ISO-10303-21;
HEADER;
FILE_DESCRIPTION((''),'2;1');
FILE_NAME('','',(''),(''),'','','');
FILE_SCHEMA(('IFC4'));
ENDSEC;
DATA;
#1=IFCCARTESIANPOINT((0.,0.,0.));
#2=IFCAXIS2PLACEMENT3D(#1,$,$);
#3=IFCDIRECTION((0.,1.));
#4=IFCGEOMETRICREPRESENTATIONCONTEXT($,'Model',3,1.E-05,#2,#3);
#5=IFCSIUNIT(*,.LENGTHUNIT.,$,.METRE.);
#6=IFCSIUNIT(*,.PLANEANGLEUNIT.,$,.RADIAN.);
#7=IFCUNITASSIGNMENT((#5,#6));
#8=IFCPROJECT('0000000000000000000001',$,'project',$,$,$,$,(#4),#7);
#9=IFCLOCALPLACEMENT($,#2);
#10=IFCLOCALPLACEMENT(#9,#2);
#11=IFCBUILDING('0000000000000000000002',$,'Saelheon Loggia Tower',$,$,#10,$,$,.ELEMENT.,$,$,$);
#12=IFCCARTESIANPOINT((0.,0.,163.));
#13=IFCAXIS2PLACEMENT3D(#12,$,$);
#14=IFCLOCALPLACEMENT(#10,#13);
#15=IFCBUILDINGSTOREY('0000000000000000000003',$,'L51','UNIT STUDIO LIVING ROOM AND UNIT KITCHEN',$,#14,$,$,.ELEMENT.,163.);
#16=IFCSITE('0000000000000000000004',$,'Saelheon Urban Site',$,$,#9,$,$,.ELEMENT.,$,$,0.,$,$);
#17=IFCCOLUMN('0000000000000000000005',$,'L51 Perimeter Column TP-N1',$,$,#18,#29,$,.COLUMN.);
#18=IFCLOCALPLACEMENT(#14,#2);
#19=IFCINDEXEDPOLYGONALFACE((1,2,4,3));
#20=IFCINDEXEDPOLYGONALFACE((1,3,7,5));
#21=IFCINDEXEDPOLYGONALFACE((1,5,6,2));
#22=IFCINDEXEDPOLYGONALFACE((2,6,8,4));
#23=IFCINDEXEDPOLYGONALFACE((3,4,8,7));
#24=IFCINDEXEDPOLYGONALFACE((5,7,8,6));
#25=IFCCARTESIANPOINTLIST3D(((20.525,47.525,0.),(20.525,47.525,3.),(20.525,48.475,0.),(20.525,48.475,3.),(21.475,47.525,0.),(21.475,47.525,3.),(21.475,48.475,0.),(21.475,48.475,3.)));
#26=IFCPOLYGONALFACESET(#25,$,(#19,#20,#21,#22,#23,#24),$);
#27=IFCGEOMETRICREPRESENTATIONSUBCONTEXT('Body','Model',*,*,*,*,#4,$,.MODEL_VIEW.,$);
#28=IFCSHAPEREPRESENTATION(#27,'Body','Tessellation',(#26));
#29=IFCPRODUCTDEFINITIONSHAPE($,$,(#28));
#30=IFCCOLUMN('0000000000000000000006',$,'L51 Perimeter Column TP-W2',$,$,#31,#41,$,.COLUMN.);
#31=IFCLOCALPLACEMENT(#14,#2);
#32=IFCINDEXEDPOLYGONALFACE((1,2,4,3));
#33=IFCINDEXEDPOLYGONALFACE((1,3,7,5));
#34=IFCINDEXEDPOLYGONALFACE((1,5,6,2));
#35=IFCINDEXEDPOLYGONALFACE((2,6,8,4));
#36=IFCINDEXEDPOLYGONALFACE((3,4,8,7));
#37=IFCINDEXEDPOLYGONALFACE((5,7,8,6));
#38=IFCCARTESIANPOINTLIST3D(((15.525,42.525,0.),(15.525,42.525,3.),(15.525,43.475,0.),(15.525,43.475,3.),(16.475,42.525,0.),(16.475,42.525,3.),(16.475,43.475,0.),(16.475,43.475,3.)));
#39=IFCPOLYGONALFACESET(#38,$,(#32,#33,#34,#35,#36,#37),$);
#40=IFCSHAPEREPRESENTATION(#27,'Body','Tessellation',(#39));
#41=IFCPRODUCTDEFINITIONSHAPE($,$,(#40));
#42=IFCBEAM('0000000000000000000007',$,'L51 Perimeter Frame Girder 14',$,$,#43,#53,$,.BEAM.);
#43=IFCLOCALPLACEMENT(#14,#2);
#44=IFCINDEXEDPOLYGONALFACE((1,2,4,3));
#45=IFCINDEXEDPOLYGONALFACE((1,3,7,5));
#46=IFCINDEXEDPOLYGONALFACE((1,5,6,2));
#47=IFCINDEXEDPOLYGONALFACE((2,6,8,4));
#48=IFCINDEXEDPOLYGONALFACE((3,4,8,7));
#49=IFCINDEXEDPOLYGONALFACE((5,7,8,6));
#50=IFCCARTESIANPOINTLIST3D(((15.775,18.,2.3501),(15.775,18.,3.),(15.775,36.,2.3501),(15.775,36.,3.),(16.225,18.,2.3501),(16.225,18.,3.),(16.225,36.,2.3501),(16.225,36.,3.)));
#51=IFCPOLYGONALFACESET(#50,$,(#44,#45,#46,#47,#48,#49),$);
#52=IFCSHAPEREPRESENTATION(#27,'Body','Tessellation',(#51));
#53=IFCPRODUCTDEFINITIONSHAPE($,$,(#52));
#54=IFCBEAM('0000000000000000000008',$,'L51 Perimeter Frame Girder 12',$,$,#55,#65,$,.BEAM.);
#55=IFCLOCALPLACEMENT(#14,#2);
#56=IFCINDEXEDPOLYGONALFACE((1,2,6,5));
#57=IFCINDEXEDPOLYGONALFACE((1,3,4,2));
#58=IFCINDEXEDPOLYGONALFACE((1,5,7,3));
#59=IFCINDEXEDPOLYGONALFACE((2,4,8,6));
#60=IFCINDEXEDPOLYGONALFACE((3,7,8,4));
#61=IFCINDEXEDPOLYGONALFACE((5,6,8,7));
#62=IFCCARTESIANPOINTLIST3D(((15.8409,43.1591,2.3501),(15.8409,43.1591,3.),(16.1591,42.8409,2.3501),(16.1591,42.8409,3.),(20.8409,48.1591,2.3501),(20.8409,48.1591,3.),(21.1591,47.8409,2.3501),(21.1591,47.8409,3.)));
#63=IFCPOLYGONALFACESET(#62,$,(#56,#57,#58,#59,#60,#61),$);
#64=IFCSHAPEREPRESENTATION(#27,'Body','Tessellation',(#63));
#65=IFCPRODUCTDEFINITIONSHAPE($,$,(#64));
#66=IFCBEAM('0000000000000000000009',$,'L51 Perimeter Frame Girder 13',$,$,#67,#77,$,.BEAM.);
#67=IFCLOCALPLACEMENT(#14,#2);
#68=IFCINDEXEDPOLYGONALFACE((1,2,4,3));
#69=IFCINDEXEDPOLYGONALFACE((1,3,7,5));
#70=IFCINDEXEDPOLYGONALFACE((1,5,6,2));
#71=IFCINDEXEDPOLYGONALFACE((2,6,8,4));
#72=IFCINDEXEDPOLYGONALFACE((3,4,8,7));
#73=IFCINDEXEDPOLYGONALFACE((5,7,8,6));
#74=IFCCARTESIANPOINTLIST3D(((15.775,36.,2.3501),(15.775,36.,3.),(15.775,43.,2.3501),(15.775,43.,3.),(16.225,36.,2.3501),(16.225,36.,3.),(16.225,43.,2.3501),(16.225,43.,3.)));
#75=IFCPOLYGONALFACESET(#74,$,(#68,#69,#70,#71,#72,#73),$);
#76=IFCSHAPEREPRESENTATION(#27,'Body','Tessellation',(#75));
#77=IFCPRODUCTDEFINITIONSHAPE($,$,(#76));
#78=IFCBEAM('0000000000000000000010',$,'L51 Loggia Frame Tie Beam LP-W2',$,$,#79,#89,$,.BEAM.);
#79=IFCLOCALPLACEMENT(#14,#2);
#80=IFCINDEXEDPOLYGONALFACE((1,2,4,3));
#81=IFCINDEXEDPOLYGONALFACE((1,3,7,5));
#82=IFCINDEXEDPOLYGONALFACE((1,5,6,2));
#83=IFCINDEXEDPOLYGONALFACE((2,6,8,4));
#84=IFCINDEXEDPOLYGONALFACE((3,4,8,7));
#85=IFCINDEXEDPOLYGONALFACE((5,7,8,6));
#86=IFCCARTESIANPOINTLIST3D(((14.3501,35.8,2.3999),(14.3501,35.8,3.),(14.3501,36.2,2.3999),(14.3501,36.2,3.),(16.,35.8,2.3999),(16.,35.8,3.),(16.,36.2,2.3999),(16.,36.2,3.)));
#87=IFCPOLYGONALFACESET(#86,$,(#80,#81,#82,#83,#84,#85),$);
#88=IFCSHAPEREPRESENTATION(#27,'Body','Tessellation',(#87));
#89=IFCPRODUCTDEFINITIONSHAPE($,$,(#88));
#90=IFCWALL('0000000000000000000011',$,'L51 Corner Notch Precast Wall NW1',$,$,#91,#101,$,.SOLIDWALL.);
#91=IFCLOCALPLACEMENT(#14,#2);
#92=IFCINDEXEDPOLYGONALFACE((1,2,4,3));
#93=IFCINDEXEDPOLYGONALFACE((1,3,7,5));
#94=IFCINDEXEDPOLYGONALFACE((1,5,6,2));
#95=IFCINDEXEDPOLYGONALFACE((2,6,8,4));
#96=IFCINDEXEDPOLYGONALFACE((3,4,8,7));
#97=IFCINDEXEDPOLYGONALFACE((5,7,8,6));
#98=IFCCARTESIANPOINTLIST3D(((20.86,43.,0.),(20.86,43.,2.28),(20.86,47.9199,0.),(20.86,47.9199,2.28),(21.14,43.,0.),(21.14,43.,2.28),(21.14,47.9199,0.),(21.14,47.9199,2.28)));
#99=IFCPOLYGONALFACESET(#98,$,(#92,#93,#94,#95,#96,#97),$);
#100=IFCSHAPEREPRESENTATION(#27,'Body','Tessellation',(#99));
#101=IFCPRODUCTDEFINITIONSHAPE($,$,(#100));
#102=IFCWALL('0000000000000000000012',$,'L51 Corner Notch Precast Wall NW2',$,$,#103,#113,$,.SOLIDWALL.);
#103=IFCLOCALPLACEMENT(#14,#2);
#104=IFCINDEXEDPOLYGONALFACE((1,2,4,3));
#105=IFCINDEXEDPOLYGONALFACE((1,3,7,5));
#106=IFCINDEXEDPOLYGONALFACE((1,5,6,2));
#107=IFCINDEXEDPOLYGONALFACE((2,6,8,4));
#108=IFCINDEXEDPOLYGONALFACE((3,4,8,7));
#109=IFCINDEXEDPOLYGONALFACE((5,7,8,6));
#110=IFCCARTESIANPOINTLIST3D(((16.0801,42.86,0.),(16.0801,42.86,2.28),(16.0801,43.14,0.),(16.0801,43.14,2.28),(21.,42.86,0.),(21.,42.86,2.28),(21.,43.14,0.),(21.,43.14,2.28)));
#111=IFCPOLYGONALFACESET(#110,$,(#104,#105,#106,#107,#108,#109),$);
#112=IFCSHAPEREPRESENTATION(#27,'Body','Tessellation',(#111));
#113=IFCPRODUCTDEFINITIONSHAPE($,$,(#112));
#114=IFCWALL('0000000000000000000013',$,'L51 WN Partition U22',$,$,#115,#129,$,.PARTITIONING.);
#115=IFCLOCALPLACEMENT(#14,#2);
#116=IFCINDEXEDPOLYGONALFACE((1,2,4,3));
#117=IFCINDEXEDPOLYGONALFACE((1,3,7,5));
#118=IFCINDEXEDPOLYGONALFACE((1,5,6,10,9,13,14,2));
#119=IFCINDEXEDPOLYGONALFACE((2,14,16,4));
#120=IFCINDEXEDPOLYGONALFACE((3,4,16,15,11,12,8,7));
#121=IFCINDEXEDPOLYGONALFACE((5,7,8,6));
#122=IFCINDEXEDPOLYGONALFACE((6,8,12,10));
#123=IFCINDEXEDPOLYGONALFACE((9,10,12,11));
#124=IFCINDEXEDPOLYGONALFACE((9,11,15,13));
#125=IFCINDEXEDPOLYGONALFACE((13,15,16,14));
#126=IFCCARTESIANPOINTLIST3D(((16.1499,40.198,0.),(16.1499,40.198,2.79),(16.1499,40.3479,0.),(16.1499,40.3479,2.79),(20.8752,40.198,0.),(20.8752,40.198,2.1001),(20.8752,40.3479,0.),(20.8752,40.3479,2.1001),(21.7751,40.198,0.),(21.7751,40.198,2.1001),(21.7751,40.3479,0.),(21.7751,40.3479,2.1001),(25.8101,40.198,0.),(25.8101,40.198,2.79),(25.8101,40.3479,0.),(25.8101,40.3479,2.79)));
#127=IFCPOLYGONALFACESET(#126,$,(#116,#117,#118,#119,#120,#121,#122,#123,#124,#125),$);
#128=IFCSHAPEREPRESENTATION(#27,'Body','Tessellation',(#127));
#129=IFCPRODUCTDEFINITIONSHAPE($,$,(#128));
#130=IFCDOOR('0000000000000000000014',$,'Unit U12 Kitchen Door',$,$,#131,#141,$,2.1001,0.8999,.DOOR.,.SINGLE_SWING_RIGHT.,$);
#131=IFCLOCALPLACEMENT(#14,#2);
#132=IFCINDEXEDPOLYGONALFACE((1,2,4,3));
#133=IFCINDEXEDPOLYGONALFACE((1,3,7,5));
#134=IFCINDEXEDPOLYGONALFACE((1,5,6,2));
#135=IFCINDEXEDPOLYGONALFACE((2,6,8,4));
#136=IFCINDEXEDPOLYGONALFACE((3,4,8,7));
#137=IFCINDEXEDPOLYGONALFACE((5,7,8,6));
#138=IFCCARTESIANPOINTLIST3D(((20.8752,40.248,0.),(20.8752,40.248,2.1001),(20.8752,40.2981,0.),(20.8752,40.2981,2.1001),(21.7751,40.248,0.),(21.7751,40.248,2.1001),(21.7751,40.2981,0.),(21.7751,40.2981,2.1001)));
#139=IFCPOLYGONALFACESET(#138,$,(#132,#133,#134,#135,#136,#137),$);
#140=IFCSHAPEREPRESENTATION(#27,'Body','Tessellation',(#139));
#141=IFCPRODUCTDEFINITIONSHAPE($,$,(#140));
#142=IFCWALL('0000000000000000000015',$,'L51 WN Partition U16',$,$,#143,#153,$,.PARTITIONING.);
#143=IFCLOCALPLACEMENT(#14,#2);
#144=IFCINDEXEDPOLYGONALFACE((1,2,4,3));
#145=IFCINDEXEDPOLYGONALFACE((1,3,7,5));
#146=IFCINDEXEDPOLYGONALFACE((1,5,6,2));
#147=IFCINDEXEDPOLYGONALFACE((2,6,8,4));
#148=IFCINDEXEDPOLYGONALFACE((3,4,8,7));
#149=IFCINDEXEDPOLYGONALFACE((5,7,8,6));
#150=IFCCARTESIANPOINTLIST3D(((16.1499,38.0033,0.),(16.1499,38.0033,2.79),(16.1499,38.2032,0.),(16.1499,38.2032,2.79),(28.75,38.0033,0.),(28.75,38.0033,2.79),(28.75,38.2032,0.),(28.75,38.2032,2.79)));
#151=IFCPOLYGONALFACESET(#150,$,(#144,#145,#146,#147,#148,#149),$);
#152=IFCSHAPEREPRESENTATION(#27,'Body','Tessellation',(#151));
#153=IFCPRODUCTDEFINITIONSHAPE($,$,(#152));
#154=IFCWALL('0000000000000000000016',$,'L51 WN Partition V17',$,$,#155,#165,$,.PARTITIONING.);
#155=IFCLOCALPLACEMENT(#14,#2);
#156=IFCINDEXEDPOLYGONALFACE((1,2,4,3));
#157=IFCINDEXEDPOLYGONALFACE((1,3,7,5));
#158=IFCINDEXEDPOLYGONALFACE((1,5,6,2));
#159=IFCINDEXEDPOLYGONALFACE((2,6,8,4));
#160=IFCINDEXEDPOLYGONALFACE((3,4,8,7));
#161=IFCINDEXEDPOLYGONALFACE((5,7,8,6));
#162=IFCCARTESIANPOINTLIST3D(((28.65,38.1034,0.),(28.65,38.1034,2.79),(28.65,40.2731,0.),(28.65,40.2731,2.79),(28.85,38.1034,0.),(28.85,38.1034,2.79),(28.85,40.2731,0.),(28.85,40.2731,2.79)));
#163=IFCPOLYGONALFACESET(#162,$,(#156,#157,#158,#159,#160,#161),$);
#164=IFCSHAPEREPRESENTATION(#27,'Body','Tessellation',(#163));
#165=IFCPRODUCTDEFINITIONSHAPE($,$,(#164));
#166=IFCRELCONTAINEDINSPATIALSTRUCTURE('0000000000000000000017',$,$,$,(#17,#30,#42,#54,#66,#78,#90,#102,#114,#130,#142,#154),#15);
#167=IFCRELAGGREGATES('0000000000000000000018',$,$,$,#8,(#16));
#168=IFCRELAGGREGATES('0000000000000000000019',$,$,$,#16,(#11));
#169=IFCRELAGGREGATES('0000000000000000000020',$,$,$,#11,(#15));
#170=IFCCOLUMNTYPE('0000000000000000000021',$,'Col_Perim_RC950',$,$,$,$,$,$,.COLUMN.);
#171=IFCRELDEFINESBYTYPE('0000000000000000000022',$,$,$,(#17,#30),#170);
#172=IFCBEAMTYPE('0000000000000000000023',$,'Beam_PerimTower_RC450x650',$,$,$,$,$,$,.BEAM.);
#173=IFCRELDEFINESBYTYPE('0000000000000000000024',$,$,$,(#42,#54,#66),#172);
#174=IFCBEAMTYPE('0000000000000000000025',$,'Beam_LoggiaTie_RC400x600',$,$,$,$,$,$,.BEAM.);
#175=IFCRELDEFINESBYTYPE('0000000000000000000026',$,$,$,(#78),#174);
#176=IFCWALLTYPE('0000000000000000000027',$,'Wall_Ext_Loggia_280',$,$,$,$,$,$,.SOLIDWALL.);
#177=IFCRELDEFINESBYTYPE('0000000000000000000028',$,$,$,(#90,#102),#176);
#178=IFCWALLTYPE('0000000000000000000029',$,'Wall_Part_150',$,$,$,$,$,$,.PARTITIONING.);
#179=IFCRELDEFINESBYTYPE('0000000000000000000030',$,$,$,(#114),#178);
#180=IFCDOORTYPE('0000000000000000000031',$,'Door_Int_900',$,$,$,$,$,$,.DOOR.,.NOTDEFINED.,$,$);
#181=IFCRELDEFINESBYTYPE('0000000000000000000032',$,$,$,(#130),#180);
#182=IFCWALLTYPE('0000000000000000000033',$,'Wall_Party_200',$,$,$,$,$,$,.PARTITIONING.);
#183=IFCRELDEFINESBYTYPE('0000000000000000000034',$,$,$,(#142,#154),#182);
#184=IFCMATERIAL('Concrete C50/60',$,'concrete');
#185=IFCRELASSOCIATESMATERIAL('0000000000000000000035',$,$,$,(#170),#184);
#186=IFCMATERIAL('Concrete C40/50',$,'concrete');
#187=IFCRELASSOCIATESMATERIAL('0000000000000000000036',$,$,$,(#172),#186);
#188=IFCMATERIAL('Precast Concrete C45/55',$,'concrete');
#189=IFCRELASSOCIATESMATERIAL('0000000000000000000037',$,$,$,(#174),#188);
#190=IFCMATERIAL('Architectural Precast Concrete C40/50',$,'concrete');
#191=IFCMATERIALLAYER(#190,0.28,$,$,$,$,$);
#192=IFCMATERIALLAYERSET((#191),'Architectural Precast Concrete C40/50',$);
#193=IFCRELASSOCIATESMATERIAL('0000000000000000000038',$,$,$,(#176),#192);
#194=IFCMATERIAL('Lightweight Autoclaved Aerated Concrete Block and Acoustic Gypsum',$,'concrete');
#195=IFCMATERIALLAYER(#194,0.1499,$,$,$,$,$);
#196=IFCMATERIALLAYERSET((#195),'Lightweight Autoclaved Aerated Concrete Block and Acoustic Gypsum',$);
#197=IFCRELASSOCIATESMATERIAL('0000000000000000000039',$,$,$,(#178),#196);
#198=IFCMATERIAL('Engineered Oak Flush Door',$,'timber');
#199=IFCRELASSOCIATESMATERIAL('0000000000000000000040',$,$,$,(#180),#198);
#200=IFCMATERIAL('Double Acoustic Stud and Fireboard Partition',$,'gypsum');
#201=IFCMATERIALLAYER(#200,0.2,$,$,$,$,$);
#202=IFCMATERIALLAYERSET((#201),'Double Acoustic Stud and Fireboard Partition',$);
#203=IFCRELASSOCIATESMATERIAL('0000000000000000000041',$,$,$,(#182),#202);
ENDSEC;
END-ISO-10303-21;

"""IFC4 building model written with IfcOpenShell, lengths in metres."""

from ifc_helpers import new_model, si_unit, direction, frame, frame_2d, origin, origin_2d, place, context, subcontext, project, spatial, rectangle, extrude, source, transform, mapped, material, layer, layer_set, material_profile, profile_set, type_object, element, fill, save


model = new_model("IFC4")

# Units and contexts
model_context = context("Model", 3, precision=1e-05, world=origin(), true_north=direction((0.0, 1.0)))
body_context = subcontext(model_context, "Body", "Model", "MODEL_VIEW")
ifc_project = project(units=[si_unit("LENGTHUNIT", "METRE"), si_unit("PLANEANGLEUNIT", "RADIAN")], contexts=[model_context])

# Site, building, storey
site_placement = place(None, origin())
site = spatial("IfcSite", under=ifc_project, at=site_placement, Name="Saelheon Urban Site", CompositionType="ELEMENT", RefElevation=0.0)
building_placement = place(site_placement, origin())
building = spatial("IfcBuilding", under=site, at=building_placement, Name="Saelheon Loggia Tower", CompositionType="ELEMENT")
storey_placement = place(building_placement, frame((0.0, 0.0, 163.0)))
storey = spatial("IfcBuildingStorey", under=building, at=storey_placement, Name="L51", Description="UNIT STUDIO LIVING ROOM AND UNIT KITCHEN", CompositionType="ELEMENT", Elevation=163.0)

# Columns
ifc_material_1 = material(Name="Concrete C50/60", Category="concrete")
ifc_material_profile_1 = material_profile(ifc_material_1, rectangle(XDim=0.95, YDim=0.95, at=origin_2d()), Name="RC-950x950")
ifc_profile_set_1 = profile_set([ifc_material_profile_1], Name="Concrete C50/60")
column_type = type_object("IfcColumnType", Name="Col_Perim_RC950", PredefinedType="COLUMN", material=ifc_profile_set_1)
shared_shape_1 = source(origin(), body_context, "Body", "SweptSolid", [
    extrude(rectangle(XDim=0.95, YDim=0.95, at=origin_2d()), origin(), (0.0, 0.0, 1.0), 3.0),
])
for number, where, z_axis, x_axis, name in (
    (1, (21.0, 48.0, 0.0), (0.0, 0.0, 1.0), (1.0, 0.0, 0.0), "L51 Perimeter Column TP-N1"),
    (2, (16.0, 43.0, 0.0), (0.0, 0.0, 1.0), (1.0, 0.0, 0.0), "L51 Perimeter Column TP-W2"),
):
    element("IfcColumn", number, at=place(storey_placement, frame(where, z_axis=z_axis, x_axis=x_axis)), inside=storey, type_object=column_type, Name=name, PredefinedType="COLUMN", context=body_context, shape_type="MappedRepresentation", body=[
        mapped(shared_shape_1, transform((0.0, 0.0, 0.0), scale=1.0)),
    ])

# Beams
ifc_material_2 = material(Name="Concrete C40/50", Category="concrete")
ifc_material_profile_2 = material_profile(ifc_material_2, rectangle(XDim=0.45, YDim=0.6499, at=origin_2d()), Name="RC-450x650")
ifc_profile_set_2 = profile_set([ifc_material_profile_2], Name="Concrete C40/50")
beam_type_1 = type_object("IfcBeamType", Name="Beam_PerimTower_RC450x650", PredefinedType="BEAM", material=ifc_profile_set_2)
shared_shape_2 = source(origin(), body_context, "Body", "SweptSolid", [
    extrude(rectangle(XDim=0.45, YDim=0.6499, at=origin_2d()), origin(), (0.0, 0.0, 1.0), 18.0),
])
beam_1_placement = place(storey_placement, frame((16.0, 36.0, 2.675), z_axis=(0.0, -1.0, 0.0), x_axis=(1.0, 0.0, 0.0)))
element("IfcBeam", 3, at=beam_1_placement, inside=storey, type_object=beam_type_1, Name="L51 Perimeter Frame Girder 14", PredefinedType="BEAM", context=body_context, shape_type="MappedRepresentation", body=[
    mapped(shared_shape_2, transform((0.0, 0.0, 0.0), scale=1.0)),
])
shared_shape_3 = source(origin(), body_context, "Body", "SweptSolid", [
    extrude(rectangle(XDim=0.45, YDim=0.6499, at=origin_2d()), origin(), (0.0, 0.0, 1.0), 7.071),
])
beam_2_placement = place(storey_placement, frame((21.0, 48.0, 2.675), z_axis=(-0.707107, -0.707107, 0.0), x_axis=(0.707107, -0.707107, 0.0)))
element("IfcBeam", 4, at=beam_2_placement, inside=storey, type_object=beam_type_1, Name="L51 Perimeter Frame Girder 12", PredefinedType="BEAM", context=body_context, shape_type="MappedRepresentation", body=[
    mapped(shared_shape_3, transform((0.0, 0.0, 0.0), scale=1.0)),
])
shared_shape_4 = source(origin(), body_context, "Body", "SweptSolid", [
    extrude(rectangle(XDim=0.45, YDim=0.6499, at=origin_2d()), origin(), (0.0, 0.0, 1.0), 7.0),
])
beam_3_placement = place(storey_placement, frame((16.0, 43.0, 2.675), z_axis=(0.0, -1.0, 0.0), x_axis=(1.0, 0.0, 0.0)))
element("IfcBeam", 5, at=beam_3_placement, inside=storey, type_object=beam_type_1, Name="L51 Perimeter Frame Girder 13", PredefinedType="BEAM", context=body_context, shape_type="MappedRepresentation", body=[
    mapped(shared_shape_4, transform((0.0, 0.0, 0.0), scale=1.0)),
])
ifc_material_3 = material(Name="Precast Concrete C45/55", Category="concrete")
ifc_material_profile_3 = material_profile(ifc_material_3, rectangle(XDim=0.3999, YDim=0.6001, at=origin_2d()), Name="RC-400x600")
ifc_profile_set_3 = profile_set([ifc_material_profile_3], Name="Precast Concrete C45/55")
beam_type_2 = type_object("IfcBeamType", Name="Beam_LoggiaTie_RC400x600", PredefinedType="BEAM", material=ifc_profile_set_3)
shared_shape_5 = source(origin(), body_context, "Body", "SweptSolid", [
    extrude(rectangle(XDim=0.3999, YDim=0.6001, at=origin_2d()), origin(), (0.0, 0.0, 1.0), 1.6499),
])
beam_4_placement = place(storey_placement, frame((16.0, 36.0, 2.7), z_axis=(-1.0, 0.0, 0.0), x_axis=(0.0, -1.0, 0.0)))
element("IfcBeam", 6, at=beam_4_placement, inside=storey, type_object=beam_type_2, Name="L51 Loggia Frame Tie Beam LP-W2", PredefinedType="BEAM", context=body_context, shape_type="MappedRepresentation", body=[
    mapped(shared_shape_5, transform((0.0, 0.0, 0.0), scale=1.0)),
])

# Shared definitions
ifc_material_4 = material(Name="Architectural Precast Concrete C40/50", Category="concrete")
ifc_layer_1 = layer(ifc_material_4, 0.28)
ifc_layer_set_1 = layer_set([ifc_layer_1], Name="Architectural Precast Concrete C40/50")
wall_type_1 = type_object("IfcWallType", Name="Wall_Ext_Loggia_280", PredefinedType="SOLIDWALL", material=ifc_layer_set_1)

# Walls
for number, where, z_axis, x_axis, name in (
    (7, (21.0, 43.0, 0.0), (0.0, 0.0, 1.0), (0.0, 1.0, 0.0), "L51 Corner Notch Precast Wall NW1"),
    (8, (16.0801, 43.0, 0.0), (0.0, 0.0, 1.0), (1.0, 0.0, 0.0), "L51 Corner Notch Precast Wall NW2"),
):
    element("IfcWall", number, at=place(storey_placement, frame(where, z_axis=z_axis, x_axis=x_axis)), inside=storey, type_object=wall_type_1, Name=name, PredefinedType="SOLIDWALL", context=body_context, shape_type="SweptSolid", body=[
        extrude(rectangle(XDim=4.9199, YDim=0.28, at=frame_2d((2.46, 0.0))), origin(), (0.0, 0.0, 1.0), 2.28),
    ])

# Wall, opening, door
ifc_material_5 = material(Name="Lightweight Autoclaved Aerated Concrete Block and Acoustic Gypsum", Category="concrete")
ifc_layer_2 = layer(ifc_material_5, 0.1499)
ifc_layer_set_2 = layer_set([ifc_layer_2], Name="Lightweight Autoclaved Aerated Concrete Block and Acoustic Gypsum")
wall_type_2 = type_object("IfcWallType", Name="Wall_Part_150", PredefinedType="PARTITIONING", material=ifc_layer_set_2)
wall_1_placement = place(storey_placement, frame((25.8101, 40.2729, 0.0), z_axis=(0.0, 0.0, 1.0), x_axis=(-1.0, 0.0, 0.0)))
wall_1 = element("IfcWall", 9, at=wall_1_placement, inside=storey, type_object=wall_type_2, Name="L51 WN Partition U22", PredefinedType="PARTITIONING", context=body_context, shape_type="SweptSolid", body=[
    extrude(rectangle(XDim=9.6602, YDim=0.1499, at=frame_2d((4.8301, 0.0))), origin(), (0.0, 0.0, 1.0), 2.79),
])
opening_1_placement = place(wall_1_placement, frame((4.0349, 0.0, 0.0)))
opening_1 = element("IfcOpeningElement", 10, at=opening_1_placement, cuts=wall_1, PredefinedType="OPENING", context=body_context, shape_type="SweptSolid", body=[
    extrude(rectangle(XDim=0.8999, YDim=2.1001, at=frame_2d((0.45, 1.05))), frame((0.0, 0.0869, 0.0), z_axis=(0.0, -1.0, 0.0), x_axis=(1.0, 0.0, 0.0)), (0.0, 0.0, 1.0), 0.1738),
])
ifc_material_6 = material(Name="Engineered Oak Flush Door", Category="timber")
door_type_1 = type_object("IfcDoorType", Name="Door_Int_900", OperationType="NOTDEFINED", PredefinedType="DOOR", material=ifc_material_6)
shared_shape_6 = source(origin(), body_context, "Body", "SweptSolid", [
    extrude(rectangle(XDim=0.8999, YDim=2.1001, at=frame_2d((0.45, 1.05))), frame((0.0, 0.0249, 0.0), z_axis=(0.0, -1.0, 0.0), x_axis=(1.0, 0.0, 0.0)), (0.0, 0.0, 1.0), 0.05),
])
door_1_placement = place(opening_1_placement, origin())
door_1 = element("IfcDoor", 11, at=door_1_placement, inside=storey, type_object=door_type_1, Name="Unit U12 Kitchen Door", OperationType="SINGLE_SWING_RIGHT", OverallHeight=2.1001, OverallWidth=0.8999, PredefinedType="DOOR", context=body_context, shape_type="MappedRepresentation", body=[
    mapped(shared_shape_6, transform((0.0, 0.0, 0.0), scale=1.0)),
])
fill(opening_1, door_1)

# Walls
ifc_material_7 = material(Name="Double Acoustic Stud and Fireboard Partition", Category="gypsum")
ifc_layer_3 = layer(ifc_material_7, 0.2)
ifc_layer_set_3 = layer_set([ifc_layer_3], Name="Double Acoustic Stud and Fireboard Partition")
wall_type_3 = type_object("IfcWallType", Name="Wall_Party_200", PredefinedType="PARTITIONING", material=ifc_layer_set_3)
wall_2_placement = place(storey_placement, frame((28.75, 38.1033, 0.0), z_axis=(0.0, 0.0, 1.0), x_axis=(-1.0, 0.0, 0.0)))
element("IfcWall", 12, at=wall_2_placement, inside=storey, type_object=wall_type_3, Name="L51 WN Partition U16", PredefinedType="PARTITIONING", context=body_context, shape_type="SweptSolid", body=[
    extrude(rectangle(XDim=12.6001, YDim=0.2, at=frame_2d((6.3, 0.0))), origin(), (0.0, 0.0, 1.0), 2.79),
])
wall_3_placement = place(storey_placement, frame((28.75, 38.1033, 0.0), z_axis=(0.0, 0.0, 1.0), x_axis=(0.0, 1.0, 0.0)))
element("IfcWall", 13, at=wall_3_placement, inside=storey, type_object=wall_type_3, Name="L51 WN Partition V17", PredefinedType="PARTITIONING", context=body_context, shape_type="SweptSolid", body=[
    extrude(rectangle(XDim=2.1697, YDim=0.2, at=frame_2d((1.085, 0.0))), origin(), (0.0, 0.0, 1.0), 2.79),
])

save(model, "model.ifc")
